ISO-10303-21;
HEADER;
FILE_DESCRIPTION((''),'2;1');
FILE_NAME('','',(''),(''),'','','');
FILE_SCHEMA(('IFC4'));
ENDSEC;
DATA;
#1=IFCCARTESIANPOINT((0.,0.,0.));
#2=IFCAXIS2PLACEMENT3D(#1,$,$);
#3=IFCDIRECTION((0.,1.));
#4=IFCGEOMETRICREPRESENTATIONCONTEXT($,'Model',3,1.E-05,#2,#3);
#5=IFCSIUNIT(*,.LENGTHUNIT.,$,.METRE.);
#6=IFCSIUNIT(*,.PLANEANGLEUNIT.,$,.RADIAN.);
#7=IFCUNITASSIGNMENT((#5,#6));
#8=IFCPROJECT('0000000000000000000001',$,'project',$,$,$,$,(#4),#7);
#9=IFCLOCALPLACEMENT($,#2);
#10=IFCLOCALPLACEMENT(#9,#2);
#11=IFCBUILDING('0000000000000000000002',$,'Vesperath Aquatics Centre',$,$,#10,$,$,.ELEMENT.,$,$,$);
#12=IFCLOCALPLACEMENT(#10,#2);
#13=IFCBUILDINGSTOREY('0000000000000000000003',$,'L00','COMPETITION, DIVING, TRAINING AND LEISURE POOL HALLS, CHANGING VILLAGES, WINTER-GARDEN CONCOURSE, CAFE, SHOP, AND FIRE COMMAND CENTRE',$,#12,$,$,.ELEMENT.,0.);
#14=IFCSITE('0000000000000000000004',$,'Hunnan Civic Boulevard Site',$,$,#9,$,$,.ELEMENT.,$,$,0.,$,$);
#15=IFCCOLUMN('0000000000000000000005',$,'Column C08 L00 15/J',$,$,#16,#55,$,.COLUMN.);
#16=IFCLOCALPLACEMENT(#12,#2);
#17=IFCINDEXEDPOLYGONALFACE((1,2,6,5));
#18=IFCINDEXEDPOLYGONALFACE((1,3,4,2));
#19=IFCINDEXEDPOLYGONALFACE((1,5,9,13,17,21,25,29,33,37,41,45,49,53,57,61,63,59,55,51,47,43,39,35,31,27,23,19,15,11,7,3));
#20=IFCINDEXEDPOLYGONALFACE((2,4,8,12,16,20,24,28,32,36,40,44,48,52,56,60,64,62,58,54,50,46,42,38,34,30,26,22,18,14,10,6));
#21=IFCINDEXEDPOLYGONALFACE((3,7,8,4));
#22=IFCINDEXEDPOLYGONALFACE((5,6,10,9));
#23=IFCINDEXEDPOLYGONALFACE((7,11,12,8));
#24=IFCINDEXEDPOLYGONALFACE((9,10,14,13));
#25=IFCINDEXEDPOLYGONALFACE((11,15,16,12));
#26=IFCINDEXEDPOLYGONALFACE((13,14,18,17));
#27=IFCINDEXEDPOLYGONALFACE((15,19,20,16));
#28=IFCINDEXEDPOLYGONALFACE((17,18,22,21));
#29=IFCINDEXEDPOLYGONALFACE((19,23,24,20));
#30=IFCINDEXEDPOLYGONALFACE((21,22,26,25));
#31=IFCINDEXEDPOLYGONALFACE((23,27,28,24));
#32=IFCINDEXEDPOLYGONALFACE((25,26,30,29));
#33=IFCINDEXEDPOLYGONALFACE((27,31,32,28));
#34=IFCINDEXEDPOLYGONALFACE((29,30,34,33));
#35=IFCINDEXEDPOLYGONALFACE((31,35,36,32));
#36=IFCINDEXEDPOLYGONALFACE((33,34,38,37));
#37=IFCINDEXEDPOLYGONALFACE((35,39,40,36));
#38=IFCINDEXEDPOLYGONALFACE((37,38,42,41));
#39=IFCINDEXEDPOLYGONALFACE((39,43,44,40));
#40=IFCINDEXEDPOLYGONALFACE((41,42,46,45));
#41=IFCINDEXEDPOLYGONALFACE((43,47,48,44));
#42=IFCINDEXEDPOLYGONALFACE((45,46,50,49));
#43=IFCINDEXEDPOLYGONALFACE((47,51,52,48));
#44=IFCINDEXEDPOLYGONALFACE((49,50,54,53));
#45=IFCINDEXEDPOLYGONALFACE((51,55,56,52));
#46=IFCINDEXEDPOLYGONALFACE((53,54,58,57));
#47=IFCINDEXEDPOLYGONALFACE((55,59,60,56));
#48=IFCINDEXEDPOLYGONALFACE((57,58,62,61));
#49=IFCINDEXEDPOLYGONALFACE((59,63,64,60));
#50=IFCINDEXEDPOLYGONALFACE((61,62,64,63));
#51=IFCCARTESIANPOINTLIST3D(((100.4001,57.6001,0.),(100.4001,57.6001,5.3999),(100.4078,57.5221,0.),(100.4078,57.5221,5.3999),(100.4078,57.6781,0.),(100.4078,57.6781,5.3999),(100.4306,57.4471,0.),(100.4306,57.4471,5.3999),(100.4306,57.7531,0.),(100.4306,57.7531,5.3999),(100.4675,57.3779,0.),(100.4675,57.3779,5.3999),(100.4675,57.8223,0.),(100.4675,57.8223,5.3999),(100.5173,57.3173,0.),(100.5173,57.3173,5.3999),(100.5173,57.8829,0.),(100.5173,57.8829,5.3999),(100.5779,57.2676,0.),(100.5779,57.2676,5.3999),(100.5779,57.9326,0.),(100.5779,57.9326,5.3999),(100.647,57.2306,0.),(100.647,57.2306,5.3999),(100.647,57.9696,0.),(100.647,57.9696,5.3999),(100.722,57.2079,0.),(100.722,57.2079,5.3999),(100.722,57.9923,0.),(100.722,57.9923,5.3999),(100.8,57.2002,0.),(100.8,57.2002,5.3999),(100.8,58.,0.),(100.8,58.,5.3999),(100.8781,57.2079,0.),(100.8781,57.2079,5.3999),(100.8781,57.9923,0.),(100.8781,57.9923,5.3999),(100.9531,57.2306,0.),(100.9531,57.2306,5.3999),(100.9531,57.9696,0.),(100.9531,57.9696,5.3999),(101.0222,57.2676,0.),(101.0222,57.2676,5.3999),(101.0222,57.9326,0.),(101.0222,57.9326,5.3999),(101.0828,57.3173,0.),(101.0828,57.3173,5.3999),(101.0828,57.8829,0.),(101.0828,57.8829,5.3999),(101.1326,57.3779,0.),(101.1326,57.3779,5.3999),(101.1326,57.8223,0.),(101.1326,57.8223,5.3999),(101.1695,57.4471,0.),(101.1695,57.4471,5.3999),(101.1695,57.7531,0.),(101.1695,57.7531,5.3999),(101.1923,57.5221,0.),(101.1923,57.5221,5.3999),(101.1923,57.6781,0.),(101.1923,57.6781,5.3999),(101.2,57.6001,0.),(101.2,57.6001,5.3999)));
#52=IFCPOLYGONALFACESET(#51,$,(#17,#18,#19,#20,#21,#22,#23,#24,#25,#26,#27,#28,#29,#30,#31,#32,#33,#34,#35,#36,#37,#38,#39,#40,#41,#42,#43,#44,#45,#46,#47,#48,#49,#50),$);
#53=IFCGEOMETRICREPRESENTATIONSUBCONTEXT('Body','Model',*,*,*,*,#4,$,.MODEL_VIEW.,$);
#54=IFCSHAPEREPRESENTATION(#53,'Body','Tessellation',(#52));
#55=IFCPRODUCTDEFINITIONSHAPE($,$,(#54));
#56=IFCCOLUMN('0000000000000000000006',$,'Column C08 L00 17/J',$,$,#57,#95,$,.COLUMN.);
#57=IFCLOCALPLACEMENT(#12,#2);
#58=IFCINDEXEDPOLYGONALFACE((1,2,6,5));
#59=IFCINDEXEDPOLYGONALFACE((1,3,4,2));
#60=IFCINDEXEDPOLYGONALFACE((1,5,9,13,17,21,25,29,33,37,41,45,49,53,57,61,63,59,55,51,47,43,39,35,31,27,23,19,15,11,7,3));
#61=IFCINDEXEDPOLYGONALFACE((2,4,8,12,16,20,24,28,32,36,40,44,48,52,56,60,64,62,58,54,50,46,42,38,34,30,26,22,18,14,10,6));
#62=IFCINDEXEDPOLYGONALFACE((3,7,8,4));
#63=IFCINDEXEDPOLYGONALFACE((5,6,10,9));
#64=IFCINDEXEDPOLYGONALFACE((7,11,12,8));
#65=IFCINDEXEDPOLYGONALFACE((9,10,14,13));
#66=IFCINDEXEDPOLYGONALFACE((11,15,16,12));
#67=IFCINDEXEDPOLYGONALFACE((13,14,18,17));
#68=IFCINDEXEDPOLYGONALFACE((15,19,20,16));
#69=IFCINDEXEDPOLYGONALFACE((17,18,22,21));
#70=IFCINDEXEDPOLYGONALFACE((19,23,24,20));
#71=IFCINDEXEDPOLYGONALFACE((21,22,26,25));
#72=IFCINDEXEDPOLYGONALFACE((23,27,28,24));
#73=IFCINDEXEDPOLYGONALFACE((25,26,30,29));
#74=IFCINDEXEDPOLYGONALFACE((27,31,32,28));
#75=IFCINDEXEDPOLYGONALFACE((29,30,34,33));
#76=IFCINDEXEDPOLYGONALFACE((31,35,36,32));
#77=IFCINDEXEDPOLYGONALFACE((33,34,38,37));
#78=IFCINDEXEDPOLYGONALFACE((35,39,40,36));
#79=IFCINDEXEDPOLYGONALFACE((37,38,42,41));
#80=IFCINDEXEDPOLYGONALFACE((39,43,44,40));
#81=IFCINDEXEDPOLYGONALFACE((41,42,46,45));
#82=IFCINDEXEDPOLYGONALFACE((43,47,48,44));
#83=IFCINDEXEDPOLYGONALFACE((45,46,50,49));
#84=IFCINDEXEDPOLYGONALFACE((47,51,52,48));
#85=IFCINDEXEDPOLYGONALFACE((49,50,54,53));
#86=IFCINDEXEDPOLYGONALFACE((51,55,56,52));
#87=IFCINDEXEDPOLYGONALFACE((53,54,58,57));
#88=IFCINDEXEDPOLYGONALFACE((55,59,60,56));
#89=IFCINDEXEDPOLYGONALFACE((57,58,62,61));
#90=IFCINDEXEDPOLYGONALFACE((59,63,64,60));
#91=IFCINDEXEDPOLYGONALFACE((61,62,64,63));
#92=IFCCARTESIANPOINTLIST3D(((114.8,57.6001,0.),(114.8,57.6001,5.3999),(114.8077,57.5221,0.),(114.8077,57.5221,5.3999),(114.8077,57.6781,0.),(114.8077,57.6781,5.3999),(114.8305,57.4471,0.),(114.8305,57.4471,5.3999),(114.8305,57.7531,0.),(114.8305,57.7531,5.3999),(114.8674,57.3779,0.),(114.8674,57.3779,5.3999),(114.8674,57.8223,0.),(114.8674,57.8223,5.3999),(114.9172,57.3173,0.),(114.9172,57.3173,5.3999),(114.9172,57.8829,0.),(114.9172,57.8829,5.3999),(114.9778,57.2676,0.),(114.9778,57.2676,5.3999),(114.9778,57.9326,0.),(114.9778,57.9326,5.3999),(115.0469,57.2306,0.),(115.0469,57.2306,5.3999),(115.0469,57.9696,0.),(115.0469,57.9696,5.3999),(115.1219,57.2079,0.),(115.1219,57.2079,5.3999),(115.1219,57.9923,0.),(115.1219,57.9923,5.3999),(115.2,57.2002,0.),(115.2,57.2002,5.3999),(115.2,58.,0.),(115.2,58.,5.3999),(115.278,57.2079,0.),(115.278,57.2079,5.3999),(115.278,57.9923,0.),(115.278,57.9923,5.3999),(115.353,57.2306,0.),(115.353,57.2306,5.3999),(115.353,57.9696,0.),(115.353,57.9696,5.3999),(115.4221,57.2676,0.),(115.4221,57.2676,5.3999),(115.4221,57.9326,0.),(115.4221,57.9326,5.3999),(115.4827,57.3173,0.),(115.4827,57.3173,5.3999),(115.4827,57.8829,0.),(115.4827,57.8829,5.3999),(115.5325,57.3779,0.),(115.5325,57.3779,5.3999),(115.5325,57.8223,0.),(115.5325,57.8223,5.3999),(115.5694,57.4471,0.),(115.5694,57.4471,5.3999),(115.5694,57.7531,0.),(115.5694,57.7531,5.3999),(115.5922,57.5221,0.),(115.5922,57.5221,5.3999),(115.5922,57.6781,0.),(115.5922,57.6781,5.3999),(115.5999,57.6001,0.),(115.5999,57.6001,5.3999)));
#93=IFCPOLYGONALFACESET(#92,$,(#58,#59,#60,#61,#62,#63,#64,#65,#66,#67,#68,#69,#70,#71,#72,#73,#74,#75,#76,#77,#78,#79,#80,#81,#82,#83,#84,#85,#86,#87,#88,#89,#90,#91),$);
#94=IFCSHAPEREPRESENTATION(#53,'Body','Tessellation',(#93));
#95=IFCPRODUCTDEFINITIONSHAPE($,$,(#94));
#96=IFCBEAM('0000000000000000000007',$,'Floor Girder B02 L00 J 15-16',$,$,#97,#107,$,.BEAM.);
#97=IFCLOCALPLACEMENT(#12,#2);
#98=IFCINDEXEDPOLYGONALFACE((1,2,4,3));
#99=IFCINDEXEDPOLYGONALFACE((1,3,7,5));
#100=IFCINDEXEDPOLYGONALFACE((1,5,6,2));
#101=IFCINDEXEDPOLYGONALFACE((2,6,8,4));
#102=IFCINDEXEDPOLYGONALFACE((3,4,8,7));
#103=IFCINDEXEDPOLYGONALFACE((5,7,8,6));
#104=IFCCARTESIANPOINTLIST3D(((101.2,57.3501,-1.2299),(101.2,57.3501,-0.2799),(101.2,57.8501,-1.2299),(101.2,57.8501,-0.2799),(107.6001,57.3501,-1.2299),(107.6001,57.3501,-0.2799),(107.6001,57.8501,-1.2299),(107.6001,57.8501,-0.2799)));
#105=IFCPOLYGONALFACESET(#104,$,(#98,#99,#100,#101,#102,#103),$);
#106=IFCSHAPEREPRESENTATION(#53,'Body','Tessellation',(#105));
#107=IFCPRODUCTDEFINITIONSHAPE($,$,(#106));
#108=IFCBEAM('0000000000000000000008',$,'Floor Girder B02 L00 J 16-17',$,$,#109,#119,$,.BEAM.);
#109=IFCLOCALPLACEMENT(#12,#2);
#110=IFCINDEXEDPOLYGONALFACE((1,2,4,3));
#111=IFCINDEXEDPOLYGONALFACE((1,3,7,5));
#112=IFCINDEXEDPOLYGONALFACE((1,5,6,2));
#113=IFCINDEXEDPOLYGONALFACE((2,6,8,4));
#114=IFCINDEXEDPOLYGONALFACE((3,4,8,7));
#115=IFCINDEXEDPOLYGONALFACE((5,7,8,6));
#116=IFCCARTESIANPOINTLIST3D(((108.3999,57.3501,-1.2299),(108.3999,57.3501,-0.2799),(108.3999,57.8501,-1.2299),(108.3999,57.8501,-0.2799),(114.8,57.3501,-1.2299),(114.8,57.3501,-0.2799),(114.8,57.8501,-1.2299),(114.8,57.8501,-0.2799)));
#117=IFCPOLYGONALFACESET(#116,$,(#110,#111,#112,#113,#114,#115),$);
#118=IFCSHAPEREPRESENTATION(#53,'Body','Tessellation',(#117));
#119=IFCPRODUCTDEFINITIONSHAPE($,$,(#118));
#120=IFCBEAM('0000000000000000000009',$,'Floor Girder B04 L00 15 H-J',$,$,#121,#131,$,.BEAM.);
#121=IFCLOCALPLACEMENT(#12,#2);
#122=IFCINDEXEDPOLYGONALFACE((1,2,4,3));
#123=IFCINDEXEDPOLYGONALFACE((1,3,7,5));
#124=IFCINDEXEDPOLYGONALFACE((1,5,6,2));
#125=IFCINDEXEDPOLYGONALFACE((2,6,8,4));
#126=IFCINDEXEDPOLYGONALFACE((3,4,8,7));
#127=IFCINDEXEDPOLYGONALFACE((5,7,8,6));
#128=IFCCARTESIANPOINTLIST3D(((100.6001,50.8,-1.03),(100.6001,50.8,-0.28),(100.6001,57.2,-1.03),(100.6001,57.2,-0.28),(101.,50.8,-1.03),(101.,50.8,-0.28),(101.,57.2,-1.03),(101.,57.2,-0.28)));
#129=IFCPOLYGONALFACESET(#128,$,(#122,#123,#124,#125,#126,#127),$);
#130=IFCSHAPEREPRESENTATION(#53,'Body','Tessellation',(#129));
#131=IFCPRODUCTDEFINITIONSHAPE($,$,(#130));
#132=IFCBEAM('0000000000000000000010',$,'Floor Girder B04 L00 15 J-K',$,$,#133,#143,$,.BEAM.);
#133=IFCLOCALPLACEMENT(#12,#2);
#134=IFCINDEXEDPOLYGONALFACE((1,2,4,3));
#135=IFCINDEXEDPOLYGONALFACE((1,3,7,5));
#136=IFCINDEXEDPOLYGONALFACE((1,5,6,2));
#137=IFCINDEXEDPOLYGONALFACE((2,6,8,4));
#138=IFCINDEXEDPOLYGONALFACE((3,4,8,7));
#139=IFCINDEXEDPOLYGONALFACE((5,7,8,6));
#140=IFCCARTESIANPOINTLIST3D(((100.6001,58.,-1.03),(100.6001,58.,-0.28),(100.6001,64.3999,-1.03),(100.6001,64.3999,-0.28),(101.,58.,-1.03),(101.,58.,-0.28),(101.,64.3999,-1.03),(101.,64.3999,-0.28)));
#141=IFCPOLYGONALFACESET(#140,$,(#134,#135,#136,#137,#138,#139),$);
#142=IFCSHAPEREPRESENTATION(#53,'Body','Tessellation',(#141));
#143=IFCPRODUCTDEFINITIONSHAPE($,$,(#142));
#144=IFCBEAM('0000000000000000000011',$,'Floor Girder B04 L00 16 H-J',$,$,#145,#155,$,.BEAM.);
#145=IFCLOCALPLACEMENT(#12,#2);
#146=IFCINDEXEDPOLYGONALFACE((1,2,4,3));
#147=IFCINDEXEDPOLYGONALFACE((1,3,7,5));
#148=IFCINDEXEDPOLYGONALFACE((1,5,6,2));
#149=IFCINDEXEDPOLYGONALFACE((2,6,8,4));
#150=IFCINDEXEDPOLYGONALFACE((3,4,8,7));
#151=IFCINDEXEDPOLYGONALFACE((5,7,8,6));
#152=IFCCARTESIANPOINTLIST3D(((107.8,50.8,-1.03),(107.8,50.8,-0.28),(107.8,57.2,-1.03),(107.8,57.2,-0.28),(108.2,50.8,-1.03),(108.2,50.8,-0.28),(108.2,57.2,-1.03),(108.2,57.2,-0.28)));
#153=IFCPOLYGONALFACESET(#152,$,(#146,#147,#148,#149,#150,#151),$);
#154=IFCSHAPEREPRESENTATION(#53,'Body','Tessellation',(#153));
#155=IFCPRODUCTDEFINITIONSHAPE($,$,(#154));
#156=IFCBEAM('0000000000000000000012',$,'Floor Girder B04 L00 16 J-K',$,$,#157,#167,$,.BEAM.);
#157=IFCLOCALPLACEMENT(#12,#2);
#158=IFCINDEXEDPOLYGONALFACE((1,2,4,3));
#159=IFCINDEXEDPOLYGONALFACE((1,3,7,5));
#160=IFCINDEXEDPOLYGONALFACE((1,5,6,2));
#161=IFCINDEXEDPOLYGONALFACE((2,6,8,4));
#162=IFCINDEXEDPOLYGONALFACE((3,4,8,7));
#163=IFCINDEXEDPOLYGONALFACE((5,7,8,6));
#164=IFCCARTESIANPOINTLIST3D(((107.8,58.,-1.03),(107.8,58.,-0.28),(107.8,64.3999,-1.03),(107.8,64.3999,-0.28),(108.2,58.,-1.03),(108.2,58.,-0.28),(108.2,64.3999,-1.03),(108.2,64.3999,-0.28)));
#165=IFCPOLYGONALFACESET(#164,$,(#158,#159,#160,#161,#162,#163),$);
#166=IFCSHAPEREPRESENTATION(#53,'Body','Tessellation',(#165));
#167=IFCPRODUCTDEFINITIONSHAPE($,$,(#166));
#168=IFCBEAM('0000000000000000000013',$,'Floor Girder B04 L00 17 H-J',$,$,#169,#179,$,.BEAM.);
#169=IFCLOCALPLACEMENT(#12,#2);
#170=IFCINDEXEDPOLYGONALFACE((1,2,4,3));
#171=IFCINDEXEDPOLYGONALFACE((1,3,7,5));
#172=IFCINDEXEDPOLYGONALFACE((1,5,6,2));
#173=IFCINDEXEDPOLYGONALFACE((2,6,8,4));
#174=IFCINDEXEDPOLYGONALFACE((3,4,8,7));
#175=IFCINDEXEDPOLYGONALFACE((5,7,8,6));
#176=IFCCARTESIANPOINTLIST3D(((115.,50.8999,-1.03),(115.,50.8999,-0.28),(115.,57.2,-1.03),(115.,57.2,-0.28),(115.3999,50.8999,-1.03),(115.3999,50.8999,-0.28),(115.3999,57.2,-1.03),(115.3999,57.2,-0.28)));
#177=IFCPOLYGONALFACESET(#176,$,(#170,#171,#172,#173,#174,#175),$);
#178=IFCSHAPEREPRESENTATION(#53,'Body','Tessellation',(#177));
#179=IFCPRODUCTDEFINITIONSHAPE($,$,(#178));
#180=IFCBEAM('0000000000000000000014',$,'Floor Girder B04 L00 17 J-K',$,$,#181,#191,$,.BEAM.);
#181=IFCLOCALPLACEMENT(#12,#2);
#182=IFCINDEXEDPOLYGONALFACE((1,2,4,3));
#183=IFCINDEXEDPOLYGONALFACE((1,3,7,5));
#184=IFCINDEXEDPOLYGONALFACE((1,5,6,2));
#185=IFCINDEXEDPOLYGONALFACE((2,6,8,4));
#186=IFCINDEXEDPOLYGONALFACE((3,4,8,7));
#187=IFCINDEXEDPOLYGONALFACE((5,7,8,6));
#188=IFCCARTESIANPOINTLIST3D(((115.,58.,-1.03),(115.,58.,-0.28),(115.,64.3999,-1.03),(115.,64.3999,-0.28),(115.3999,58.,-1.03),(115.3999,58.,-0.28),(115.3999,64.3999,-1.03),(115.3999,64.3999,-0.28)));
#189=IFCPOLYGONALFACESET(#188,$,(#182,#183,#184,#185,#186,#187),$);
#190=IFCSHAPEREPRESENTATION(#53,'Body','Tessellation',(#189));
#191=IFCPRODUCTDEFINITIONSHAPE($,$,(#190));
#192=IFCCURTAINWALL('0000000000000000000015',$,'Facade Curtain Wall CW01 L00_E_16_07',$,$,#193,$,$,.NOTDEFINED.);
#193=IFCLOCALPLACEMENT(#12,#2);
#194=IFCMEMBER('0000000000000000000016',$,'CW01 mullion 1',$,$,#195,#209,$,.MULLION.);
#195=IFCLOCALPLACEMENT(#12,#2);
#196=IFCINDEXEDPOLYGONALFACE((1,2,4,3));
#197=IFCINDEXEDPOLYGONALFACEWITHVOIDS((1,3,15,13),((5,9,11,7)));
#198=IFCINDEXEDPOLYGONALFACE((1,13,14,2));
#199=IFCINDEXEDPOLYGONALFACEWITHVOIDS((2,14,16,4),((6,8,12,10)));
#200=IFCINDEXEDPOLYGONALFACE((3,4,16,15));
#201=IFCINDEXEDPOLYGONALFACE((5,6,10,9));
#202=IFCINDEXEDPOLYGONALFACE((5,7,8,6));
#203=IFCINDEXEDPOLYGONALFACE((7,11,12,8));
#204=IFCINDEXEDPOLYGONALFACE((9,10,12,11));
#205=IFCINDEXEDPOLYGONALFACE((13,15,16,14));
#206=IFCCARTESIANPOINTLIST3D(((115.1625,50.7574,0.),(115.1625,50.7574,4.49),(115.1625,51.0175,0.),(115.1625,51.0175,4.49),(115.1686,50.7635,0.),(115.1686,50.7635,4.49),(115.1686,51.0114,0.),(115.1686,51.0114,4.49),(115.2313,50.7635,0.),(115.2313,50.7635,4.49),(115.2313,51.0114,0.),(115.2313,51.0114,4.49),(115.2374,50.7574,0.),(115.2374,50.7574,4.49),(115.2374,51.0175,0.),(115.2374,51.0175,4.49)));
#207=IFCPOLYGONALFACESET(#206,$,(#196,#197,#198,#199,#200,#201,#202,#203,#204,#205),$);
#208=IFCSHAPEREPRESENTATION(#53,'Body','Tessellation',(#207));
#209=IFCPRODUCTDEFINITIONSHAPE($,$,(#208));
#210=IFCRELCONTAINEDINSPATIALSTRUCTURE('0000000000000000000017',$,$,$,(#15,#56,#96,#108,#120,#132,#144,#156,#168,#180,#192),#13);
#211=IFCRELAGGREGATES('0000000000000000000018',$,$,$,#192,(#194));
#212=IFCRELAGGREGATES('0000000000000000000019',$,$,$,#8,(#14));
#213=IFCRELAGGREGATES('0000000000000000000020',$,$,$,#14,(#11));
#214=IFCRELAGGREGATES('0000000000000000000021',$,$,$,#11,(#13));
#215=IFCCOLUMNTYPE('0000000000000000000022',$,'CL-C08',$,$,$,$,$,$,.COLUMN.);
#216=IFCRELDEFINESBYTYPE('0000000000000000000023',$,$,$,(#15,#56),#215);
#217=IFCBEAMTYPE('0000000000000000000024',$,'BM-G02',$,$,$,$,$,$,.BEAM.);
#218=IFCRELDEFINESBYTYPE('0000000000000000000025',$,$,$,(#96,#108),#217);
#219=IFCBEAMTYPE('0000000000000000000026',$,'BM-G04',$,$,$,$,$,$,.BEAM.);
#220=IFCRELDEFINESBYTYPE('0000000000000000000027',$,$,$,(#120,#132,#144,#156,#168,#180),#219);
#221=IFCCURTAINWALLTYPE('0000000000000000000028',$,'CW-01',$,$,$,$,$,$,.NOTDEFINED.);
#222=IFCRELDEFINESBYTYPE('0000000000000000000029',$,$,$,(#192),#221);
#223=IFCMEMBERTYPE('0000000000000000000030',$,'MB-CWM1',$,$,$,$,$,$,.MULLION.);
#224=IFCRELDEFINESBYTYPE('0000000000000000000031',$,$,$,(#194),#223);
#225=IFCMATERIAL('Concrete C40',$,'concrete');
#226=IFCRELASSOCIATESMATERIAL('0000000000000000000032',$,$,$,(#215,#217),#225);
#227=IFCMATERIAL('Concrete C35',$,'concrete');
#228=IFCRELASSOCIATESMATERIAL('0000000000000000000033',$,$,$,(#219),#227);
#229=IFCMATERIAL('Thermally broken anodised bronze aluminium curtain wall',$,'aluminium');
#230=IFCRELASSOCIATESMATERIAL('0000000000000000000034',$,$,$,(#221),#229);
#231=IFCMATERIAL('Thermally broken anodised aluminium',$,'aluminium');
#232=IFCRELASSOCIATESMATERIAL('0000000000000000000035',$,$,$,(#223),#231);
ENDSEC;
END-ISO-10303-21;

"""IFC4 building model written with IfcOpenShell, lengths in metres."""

from ifc_helpers import new_model, si_unit, direction, frame, origin, origin_2d, place, context, subcontext, project, spatial, rectangle, hollow_rectangle, circle, extrude, material, material_profile, profile_set, type_object, element, aggregate, save


model = new_model("IFC4")

# Units and contexts
model_context = context("Model", 3, precision=1e-05, world=origin(), true_north=direction((0.0, 1.0)))
body_context = subcontext(model_context, "Body", "Model", "MODEL_VIEW")
ifc_project = project(units=[si_unit("LENGTHUNIT", "METRE"), si_unit("PLANEANGLEUNIT", "RADIAN")], contexts=[model_context])

# Site, building, storey
site_placement = place(None, origin())
site = spatial("IfcSite", under=ifc_project, at=site_placement, Name="Hunnan Civic Boulevard Site", CompositionType="ELEMENT", RefElevation=0.0)
building_placement = place(site_placement, origin())
building = spatial("IfcBuilding", under=site, at=building_placement, Name="Vesperath Aquatics Centre", CompositionType="ELEMENT")
storey_placement = place(building_placement, origin())
storey = spatial("IfcBuildingStorey", under=building, at=storey_placement, Name="L00", Description="COMPETITION, DIVING, TRAINING AND LEISURE POOL HALLS, CHANGING VILLAGES, WINTER-GARDEN CONCOURSE, CAFE, SHOP, AND FIRE COMMAND CENTRE", CompositionType="ELEMENT", Elevation=0.0)

# Columns
ifc_material_1 = material(Name="Concrete C40", Category="concrete")
ifc_material_profile_1 = material_profile(ifc_material_1, circle(Radius=0.3999, at=origin_2d()), Name="RC D800")
ifc_profile_set_1 = profile_set([ifc_material_profile_1], Name="Concrete C40")
column_type = type_object("IfcColumnType", Name="CL-C08", PredefinedType="COLUMN", material=ifc_profile_set_1)
for number, where, z_axis, x_axis, name in (
    (1, (100.8, 57.6001, 0.0), (0.0, 0.0, 1.0), (1.0, 0.0, 0.0), "Column C08 L00 15/J"),
    (2, (115.2, 57.6001, 0.0), (0.0, 0.0, 1.0), (1.0, 0.0, 0.0), "Column C08 L00 17/J"),
):
    element("IfcColumn", number, at=place(storey_placement, frame(where, z_axis=z_axis, x_axis=x_axis)), inside=storey, type_object=column_type, Name=name, PredefinedType="COLUMN", context=body_context, shape_type="SweptSolid", body=[
        extrude(circle(Radius=0.3999, at=origin_2d()), origin(), (0.0, 0.0, 1.0), 5.3999),
    ])

# Beams
ifc_material_profile_2 = material_profile(ifc_material_1, rectangle(XDim=0.5, YDim=0.95, at=origin_2d()), Name="RC 500x950")
ifc_profile_set_2 = profile_set([ifc_material_profile_2], Name="Concrete C40")
beam_type_1 = type_object("IfcBeamType", Name="BM-G02", PredefinedType="BEAM", material=ifc_profile_set_2)
for number, where, z_axis, x_axis, name in (
    (3, (101.2, 57.6001, -0.7549), (1.0, 0.0, 0.0), (0.0, 1.0, 0.0), "Floor Girder B02 L00 J 15-16"),
    (4, (108.3999, 57.6001, -0.7549), (1.0, 0.0, 0.0), (0.0, 1.0, 0.0), "Floor Girder B02 L00 J 16-17"),
):
    element("IfcBeam", number, at=place(storey_placement, frame(where, z_axis=z_axis, x_axis=x_axis)), inside=storey, type_object=beam_type_1, Name=name, PredefinedType="BEAM", context=body_context, shape_type="SweptSolid", body=[
        extrude(rectangle(XDim=0.5, YDim=0.95, at=origin_2d()), origin(), (0.0, 0.0, 1.0), 6.4001),
    ])
ifc_material_2 = material(Name="Concrete C35", Category="concrete")
ifc_material_profile_3 = material_profile(ifc_material_2, rectangle(XDim=0.3999, YDim=0.75, at=origin_2d()), Name="RC 400x750")
ifc_profile_set_3 = profile_set([ifc_material_profile_3], Name="Concrete C35")
beam_type_2 = type_object("IfcBeamType", Name="BM-G04", PredefinedType="BEAM", material=ifc_profile_set_3)
for number, where, z_axis, x_axis, name in (
    (5, (100.8, 50.8, -0.655), (0.0, 1.0, 0.0), (-1.0, 0.0, 0.0), "Floor Girder B04 L00 15 H-J"),
    (6, (100.8, 58.0, -0.655), (0.0, 1.0, 0.0), (-1.0, 0.0, 0.0), "Floor Girder B04 L00 15 J-K"),
    (7, (108.0, 50.8, -0.655), (0.0, 1.0, 0.0), (-1.0, 0.0, 0.0), "Floor Girder B04 L00 16 H-J"),
    (8, (108.0, 58.0, -0.655), (0.0, 1.0, 0.0), (-1.0, 0.0, 0.0), "Floor Girder B04 L00 16 J-K"),
):
    element("IfcBeam", number, at=place(storey_placement, frame(where, z_axis=z_axis, x_axis=x_axis)), inside=storey, type_object=beam_type_2, Name=name, PredefinedType="BEAM", context=body_context, shape_type="SweptSolid", body=[
        extrude(rectangle(XDim=0.3999, YDim=0.75, at=origin_2d()), origin(), (0.0, 0.0, 1.0), 6.3999),
    ])
beam_1_placement = place(storey_placement, frame((115.2, 50.8999, -0.655), z_axis=(0.0, 1.0, 0.0), x_axis=(-1.0, 0.0, 0.0)))
element("IfcBeam", 9, at=beam_1_placement, inside=storey, type_object=beam_type_2, Name="Floor Girder B04 L00 17 H-J", PredefinedType="BEAM", context=body_context, shape_type="SweptSolid", body=[
    extrude(rectangle(XDim=0.3999, YDim=0.75, at=origin_2d()), origin(), (0.0, 0.0, 1.0), 6.3),
])
beam_2_placement = place(storey_placement, frame((115.2, 58.0, -0.655), z_axis=(0.0, 1.0, 0.0), x_axis=(-1.0, 0.0, 0.0)))
element("IfcBeam", 10, at=beam_2_placement, inside=storey, type_object=beam_type_2, Name="Floor Girder B04 L00 17 J-K", PredefinedType="BEAM", context=body_context, shape_type="SweptSolid", body=[
    extrude(rectangle(XDim=0.3999, YDim=0.75, at=origin_2d()), origin(), (0.0, 0.0, 1.0), 6.3999),
])

# Curtain wall, member
ifc_material_3 = material(Name="Thermally broken anodised bronze aluminium curtain wall", Category="aluminium")
curtain_wall_type = type_object("IfcCurtainWallType", Name="CW-01", PredefinedType="NOTDEFINED", material=ifc_material_3)
curtain_wall_1_placement = place(storey_placement, origin())
curtain_wall_1 = element("IfcCurtainWall", 11, at=curtain_wall_1_placement, inside=storey, type_object=curtain_wall_type, Name="Facade Curtain Wall CW01 L00_E_16_07", PredefinedType="NOTDEFINED")
ifc_material_4 = material(Name="Thermally broken anodised aluminium", Category="aluminium")
ifc_material_profile_4 = material_profile(ifc_material_4, hollow_rectangle(XDim=0.075, YDim=0.26, WallThickness=0.0061, at=origin_2d()), Name="CWM 75x260x6")
ifc_profile_set_4 = profile_set([ifc_material_profile_4], Name="Thermally broken anodised aluminium")
member_type_1 = type_object("IfcMemberType", Name="MB-CWM1", PredefinedType="MULLION", material=ifc_profile_set_4)
member_1_placement = place(storey_placement, frame((115.2, 50.8875, 0.0), z_axis=(0.0, 0.0, 1.0), x_axis=(-1.0, 0.0, 0.0)))
member_1 = element("IfcMember", 12, at=member_1_placement, type_object=member_type_1, Name="CW01 mullion 1", PredefinedType="MULLION", context=body_context, shape_type="SweptSolid", body=[
    extrude(hollow_rectangle(XDim=0.075, YDim=0.26, WallThickness=0.0061, at=origin_2d()), origin(), (0.0, 0.0, 1.0), 4.49),
])

aggregate(curtain_wall_1, [member_1])

save(model, "model.ifc")
